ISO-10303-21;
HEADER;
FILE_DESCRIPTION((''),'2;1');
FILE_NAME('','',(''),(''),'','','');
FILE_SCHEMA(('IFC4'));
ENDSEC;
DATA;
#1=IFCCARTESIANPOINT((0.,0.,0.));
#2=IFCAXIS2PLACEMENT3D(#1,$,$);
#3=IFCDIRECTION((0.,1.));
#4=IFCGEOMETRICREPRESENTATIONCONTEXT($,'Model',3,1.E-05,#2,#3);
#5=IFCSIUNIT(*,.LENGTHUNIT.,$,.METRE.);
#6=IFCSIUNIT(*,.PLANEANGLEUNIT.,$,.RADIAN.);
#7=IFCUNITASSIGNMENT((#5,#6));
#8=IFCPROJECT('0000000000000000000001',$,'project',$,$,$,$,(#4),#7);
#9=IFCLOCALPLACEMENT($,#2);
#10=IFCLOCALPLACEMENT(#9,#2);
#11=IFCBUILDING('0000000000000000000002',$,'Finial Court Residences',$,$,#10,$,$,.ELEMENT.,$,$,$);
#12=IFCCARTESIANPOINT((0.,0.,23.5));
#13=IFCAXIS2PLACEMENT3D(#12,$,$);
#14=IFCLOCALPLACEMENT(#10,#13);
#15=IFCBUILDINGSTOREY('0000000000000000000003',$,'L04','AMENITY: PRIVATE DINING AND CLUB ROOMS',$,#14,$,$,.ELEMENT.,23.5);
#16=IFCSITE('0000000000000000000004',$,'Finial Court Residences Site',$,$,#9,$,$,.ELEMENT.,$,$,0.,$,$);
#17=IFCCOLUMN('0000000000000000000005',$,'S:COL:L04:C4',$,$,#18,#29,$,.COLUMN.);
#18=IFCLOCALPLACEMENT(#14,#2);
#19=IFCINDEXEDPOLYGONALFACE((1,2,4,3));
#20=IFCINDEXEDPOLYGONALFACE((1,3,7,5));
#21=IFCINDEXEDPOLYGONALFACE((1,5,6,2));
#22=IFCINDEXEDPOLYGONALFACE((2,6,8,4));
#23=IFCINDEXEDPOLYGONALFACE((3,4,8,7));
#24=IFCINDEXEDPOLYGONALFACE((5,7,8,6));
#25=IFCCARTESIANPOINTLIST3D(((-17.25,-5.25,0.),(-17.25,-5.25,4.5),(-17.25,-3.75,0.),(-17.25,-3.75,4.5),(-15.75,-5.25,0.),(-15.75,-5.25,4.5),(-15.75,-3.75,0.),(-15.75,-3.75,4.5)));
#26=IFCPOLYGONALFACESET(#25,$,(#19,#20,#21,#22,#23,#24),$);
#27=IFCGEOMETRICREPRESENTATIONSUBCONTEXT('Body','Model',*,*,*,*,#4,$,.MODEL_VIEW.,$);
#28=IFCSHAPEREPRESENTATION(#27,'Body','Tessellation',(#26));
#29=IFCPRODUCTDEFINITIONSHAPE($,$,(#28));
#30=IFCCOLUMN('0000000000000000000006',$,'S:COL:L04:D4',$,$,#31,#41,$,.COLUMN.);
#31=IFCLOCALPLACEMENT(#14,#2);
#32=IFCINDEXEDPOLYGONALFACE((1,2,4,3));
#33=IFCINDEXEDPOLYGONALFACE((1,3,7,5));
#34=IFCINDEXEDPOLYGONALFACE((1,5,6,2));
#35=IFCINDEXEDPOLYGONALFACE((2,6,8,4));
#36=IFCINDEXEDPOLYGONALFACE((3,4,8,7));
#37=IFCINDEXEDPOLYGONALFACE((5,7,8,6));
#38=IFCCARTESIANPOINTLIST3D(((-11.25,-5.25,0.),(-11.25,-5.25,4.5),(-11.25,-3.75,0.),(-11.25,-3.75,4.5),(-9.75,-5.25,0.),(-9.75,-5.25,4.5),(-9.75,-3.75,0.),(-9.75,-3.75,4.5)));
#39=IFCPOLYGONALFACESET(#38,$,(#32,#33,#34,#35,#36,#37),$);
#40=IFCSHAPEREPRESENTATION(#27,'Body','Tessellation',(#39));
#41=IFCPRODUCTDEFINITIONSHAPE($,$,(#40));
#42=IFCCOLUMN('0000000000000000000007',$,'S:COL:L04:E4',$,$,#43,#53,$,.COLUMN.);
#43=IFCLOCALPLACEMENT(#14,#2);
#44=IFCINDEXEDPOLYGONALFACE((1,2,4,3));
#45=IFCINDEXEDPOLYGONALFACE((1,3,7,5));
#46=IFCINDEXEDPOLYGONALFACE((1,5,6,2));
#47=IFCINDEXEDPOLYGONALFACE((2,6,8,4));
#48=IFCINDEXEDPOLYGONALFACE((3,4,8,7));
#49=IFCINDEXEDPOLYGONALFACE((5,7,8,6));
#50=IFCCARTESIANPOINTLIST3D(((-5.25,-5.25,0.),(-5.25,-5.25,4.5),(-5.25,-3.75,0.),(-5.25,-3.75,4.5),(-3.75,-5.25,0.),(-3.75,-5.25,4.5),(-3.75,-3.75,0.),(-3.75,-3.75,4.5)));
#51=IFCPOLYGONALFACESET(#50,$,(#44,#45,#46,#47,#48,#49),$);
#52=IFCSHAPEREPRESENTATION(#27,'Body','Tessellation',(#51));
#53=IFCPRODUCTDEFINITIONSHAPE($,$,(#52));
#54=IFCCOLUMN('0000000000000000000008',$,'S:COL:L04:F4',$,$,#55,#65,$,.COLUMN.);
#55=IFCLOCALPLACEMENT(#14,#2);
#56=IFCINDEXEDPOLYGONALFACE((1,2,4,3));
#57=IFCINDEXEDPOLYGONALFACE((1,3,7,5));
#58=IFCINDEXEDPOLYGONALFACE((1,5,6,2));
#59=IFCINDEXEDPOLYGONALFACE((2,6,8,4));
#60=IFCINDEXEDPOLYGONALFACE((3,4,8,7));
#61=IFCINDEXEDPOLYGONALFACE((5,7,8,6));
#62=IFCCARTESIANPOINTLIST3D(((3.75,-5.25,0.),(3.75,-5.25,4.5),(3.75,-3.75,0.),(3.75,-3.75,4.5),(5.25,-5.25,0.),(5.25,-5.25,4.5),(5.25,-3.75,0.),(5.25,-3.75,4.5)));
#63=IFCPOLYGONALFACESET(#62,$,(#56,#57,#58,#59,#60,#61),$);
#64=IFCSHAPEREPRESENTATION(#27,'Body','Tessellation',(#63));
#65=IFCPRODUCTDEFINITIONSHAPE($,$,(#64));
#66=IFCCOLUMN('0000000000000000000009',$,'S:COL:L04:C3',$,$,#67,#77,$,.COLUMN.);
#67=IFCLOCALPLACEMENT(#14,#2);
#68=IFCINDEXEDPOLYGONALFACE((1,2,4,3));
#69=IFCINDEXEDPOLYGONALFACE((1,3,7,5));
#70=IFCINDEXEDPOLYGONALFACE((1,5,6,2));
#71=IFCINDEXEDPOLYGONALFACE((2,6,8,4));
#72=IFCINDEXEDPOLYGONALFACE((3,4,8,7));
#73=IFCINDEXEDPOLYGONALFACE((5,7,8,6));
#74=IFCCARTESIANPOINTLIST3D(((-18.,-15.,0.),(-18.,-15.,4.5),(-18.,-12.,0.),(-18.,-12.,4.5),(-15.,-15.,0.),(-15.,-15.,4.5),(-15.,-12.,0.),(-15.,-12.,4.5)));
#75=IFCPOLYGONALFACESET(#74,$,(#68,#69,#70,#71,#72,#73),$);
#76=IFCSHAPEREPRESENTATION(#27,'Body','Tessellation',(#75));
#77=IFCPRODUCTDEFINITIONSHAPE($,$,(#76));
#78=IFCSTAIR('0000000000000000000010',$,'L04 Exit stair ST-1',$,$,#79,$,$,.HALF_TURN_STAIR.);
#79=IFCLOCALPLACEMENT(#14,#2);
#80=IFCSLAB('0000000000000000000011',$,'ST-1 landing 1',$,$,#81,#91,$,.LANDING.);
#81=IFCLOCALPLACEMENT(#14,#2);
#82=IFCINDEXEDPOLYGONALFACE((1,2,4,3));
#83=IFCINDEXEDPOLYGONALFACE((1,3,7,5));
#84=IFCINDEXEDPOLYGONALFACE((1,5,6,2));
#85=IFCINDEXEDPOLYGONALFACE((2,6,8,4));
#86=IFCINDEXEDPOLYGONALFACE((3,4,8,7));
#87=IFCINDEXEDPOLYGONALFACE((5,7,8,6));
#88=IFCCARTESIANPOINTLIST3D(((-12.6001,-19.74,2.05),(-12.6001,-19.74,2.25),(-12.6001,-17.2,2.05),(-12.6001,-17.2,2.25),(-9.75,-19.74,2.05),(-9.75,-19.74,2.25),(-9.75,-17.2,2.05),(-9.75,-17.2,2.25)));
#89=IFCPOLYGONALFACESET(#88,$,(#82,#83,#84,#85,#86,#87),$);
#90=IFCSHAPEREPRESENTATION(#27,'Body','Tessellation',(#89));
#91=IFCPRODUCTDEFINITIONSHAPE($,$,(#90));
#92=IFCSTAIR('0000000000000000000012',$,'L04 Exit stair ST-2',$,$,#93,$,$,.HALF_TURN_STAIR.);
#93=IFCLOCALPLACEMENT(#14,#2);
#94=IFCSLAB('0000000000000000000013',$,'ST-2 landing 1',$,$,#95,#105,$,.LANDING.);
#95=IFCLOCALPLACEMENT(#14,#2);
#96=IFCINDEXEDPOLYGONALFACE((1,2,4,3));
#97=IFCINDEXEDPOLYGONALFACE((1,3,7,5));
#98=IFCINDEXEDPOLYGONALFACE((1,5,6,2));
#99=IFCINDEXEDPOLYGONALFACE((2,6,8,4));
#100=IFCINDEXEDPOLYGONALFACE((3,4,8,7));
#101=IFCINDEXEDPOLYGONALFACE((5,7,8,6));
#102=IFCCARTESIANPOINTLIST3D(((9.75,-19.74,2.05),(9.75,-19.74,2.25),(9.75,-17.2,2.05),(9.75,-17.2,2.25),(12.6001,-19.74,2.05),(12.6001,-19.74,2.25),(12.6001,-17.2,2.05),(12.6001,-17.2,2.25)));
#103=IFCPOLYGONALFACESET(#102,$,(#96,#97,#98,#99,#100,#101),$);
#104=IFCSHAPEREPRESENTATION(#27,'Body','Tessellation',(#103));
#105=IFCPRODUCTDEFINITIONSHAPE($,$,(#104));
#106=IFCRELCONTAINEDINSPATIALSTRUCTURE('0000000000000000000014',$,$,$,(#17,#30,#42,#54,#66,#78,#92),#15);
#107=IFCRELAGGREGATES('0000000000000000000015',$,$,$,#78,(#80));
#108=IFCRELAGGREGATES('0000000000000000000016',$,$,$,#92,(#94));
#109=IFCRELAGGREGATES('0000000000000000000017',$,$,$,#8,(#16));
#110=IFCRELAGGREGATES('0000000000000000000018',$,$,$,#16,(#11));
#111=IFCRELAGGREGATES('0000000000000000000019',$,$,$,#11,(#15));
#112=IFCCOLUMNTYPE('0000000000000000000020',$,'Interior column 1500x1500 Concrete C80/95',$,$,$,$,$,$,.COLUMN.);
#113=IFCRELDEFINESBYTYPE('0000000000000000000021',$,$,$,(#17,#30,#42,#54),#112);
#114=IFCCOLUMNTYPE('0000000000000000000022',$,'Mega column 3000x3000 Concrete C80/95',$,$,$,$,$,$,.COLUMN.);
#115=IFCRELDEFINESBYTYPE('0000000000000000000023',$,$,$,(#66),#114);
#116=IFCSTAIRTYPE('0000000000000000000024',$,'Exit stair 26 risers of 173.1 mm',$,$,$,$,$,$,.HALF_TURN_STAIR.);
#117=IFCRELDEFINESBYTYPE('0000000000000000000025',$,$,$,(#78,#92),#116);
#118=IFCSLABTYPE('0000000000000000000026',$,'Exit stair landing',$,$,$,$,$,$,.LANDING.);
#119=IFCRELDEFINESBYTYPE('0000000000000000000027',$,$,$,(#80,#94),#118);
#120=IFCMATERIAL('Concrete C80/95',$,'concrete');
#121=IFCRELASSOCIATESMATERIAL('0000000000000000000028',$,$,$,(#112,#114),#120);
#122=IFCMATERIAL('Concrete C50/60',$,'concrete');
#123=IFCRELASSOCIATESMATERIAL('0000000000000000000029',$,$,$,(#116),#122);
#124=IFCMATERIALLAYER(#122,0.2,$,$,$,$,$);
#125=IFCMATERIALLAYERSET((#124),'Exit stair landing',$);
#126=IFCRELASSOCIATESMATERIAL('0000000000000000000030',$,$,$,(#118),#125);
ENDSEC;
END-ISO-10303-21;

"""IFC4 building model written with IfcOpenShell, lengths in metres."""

from ifc_helpers import new_model, si_unit, direction, frame, origin, origin_2d, place, context, subcontext, project, spatial, polyline, rectangle, outline, extrude, material, layer, layer_set, material_profile, profile_set, type_object, element, aggregate, save


model = new_model("IFC4")

# Units and contexts
model_context = context("Model", 3, precision=1e-05, world=origin(), true_north=direction((0.0, 1.0)))
body_context = subcontext(model_context, "Body", "Model", "MODEL_VIEW")
ifc_project = project(units=[si_unit("LENGTHUNIT", "METRE"), si_unit("PLANEANGLEUNIT", "RADIAN")], contexts=[model_context])

# Site, building, storey
site_placement = place(None, origin())
site = spatial("IfcSite", under=ifc_project, at=site_placement, Name="Finial Court Residences Site", CompositionType="ELEMENT", RefElevation=0.0)
building_placement = place(site_placement, origin())
building = spatial("IfcBuilding", under=site, at=building_placement, Name="Finial Court Residences", CompositionType="ELEMENT")
storey_placement = place(building_placement, frame((0.0, 0.0, 23.5)))
storey = spatial("IfcBuildingStorey", under=building, at=storey_placement, Name="L04", Description="AMENITY: PRIVATE DINING AND CLUB ROOMS", CompositionType="ELEMENT", Elevation=23.5)

# Columns
ifc_material_1 = material(Name="Concrete C80/95", Category="concrete")
ifc_material_profile_1 = material_profile(ifc_material_1, rectangle(XDim=1.5, YDim=1.5, at=origin_2d()), Name="1500x1500")
ifc_profile_set_1 = profile_set([ifc_material_profile_1], Name="Concrete C80/95")
column_type_1 = type_object("IfcColumnType", Name="Interior column 1500x1500 Concrete C80/95", PredefinedType="COLUMN", material=ifc_profile_set_1)
for number, where, z_axis, x_axis, name in (
    (1, (-16.5, -4.5, 0.0), (0.0, 0.0, 1.0), (1.0, 0.0, 0.0), "S:COL:L04:C4"),
    (2, (-10.5, -4.5, 0.0), (0.0, 0.0, 1.0), (1.0, 0.0, 0.0), "S:COL:L04:D4"),
    (3, (-4.5, -4.5, 0.0), (0.0, 0.0, 1.0), (1.0, 0.0, 0.0), "S:COL:L04:E4"),
    (4, (4.5, -4.5, 0.0), (0.0, 0.0, 1.0), (1.0, 0.0, 0.0), "S:COL:L04:F4"),
):
    element("IfcColumn", number, at=place(storey_placement, frame(where, z_axis=z_axis, x_axis=x_axis)), inside=storey, type_object=column_type_1, Name=name, PredefinedType="COLUMN", context=body_context, shape_type="SweptSolid", body=[
        extrude(rectangle(XDim=1.5, YDim=1.5, at=origin_2d()), origin(), (0.0, 0.0, 1.0), 4.5),
    ])
ifc_material_profile_2 = material_profile(ifc_material_1, rectangle(XDim=3.0, YDim=3.0, at=origin_2d()), Name="3000x3000")
ifc_profile_set_2 = profile_set([ifc_material_profile_2], Name="Concrete C80/95")
column_type_2 = type_object("IfcColumnType", Name="Mega column 3000x3000 Concrete C80/95", PredefinedType="COLUMN", material=ifc_profile_set_2)
column_placement = place(storey_placement, frame((-16.5, -13.5, 0.0), z_axis=(0.0, 0.0, 1.0), x_axis=(1.0, 0.0, 0.0)))
element("IfcColumn", 5, at=column_placement, inside=storey, type_object=column_type_2, Name="S:COL:L04:C3", PredefinedType="COLUMN", context=body_context, shape_type="SweptSolid", body=[
    extrude(rectangle(XDim=3.0, YDim=3.0, at=origin_2d()), origin(), (0.0, 0.0, 1.0), 4.5),
])

# Stairs, slabs
ifc_material_2 = material(Name="Concrete C50/60", Category="concrete")
stair_type = type_object("IfcStairType", Name="Exit stair 26 risers of 173.1 mm", PredefinedType="HALF_TURN_STAIR", material=ifc_material_2)
stair_1_placement = place(storey_placement, origin())
stair_1 = element("IfcStair", 6, at=stair_1_placement, inside=storey, type_object=stair_type, Name="L04 Exit stair ST-1", PredefinedType="HALF_TURN_STAIR")
ifc_layer_1 = layer(ifc_material_2, 0.2)
ifc_layer_set_1 = layer_set([ifc_layer_1], Name="Exit stair landing")
slab_type_1 = type_object("IfcSlabType", Name="Exit stair landing", PredefinedType="LANDING", material=ifc_layer_set_1)
slab_1_placement = place(storey_placement, frame((0.0, 0.0, 2.05)))
slab_1 = element("IfcSlab", 7, at=slab_1_placement, type_object=slab_type_1, Name="ST-1 landing 1", PredefinedType="LANDING", context=body_context, shape_type="SweptSolid", body=[
    extrude(outline(polyline([(-9.75, -19.74), (-9.75, -17.2), (-12.6001, -17.2), (-12.6001, -19.74), (-9.75, -19.74)])), origin(), (0.0, 0.0, 1.0), 0.2),
])
aggregate(stair_1, [slab_1])
stair_2_placement = place(storey_placement, origin())
stair_2 = element("IfcStair", 8, at=stair_2_placement, inside=storey, type_object=stair_type, Name="L04 Exit stair ST-2", PredefinedType="HALF_TURN_STAIR")
slab_2_placement = place(storey_placement, frame((0.0, 0.0, 2.05)))
slab_2 = element("IfcSlab", 9, at=slab_2_placement, type_object=slab_type_1, Name="ST-2 landing 1", PredefinedType="LANDING", context=body_context, shape_type="SweptSolid", body=[
    extrude(outline(polyline([(12.6001, -19.74), (12.6001, -17.2), (9.75, -17.2), (9.75, -19.74), (12.6001, -19.74)])), origin(), (0.0, 0.0, 1.0), 0.2),
])
aggregate(stair_2, [slab_2])

save(model, "model.ifc")
